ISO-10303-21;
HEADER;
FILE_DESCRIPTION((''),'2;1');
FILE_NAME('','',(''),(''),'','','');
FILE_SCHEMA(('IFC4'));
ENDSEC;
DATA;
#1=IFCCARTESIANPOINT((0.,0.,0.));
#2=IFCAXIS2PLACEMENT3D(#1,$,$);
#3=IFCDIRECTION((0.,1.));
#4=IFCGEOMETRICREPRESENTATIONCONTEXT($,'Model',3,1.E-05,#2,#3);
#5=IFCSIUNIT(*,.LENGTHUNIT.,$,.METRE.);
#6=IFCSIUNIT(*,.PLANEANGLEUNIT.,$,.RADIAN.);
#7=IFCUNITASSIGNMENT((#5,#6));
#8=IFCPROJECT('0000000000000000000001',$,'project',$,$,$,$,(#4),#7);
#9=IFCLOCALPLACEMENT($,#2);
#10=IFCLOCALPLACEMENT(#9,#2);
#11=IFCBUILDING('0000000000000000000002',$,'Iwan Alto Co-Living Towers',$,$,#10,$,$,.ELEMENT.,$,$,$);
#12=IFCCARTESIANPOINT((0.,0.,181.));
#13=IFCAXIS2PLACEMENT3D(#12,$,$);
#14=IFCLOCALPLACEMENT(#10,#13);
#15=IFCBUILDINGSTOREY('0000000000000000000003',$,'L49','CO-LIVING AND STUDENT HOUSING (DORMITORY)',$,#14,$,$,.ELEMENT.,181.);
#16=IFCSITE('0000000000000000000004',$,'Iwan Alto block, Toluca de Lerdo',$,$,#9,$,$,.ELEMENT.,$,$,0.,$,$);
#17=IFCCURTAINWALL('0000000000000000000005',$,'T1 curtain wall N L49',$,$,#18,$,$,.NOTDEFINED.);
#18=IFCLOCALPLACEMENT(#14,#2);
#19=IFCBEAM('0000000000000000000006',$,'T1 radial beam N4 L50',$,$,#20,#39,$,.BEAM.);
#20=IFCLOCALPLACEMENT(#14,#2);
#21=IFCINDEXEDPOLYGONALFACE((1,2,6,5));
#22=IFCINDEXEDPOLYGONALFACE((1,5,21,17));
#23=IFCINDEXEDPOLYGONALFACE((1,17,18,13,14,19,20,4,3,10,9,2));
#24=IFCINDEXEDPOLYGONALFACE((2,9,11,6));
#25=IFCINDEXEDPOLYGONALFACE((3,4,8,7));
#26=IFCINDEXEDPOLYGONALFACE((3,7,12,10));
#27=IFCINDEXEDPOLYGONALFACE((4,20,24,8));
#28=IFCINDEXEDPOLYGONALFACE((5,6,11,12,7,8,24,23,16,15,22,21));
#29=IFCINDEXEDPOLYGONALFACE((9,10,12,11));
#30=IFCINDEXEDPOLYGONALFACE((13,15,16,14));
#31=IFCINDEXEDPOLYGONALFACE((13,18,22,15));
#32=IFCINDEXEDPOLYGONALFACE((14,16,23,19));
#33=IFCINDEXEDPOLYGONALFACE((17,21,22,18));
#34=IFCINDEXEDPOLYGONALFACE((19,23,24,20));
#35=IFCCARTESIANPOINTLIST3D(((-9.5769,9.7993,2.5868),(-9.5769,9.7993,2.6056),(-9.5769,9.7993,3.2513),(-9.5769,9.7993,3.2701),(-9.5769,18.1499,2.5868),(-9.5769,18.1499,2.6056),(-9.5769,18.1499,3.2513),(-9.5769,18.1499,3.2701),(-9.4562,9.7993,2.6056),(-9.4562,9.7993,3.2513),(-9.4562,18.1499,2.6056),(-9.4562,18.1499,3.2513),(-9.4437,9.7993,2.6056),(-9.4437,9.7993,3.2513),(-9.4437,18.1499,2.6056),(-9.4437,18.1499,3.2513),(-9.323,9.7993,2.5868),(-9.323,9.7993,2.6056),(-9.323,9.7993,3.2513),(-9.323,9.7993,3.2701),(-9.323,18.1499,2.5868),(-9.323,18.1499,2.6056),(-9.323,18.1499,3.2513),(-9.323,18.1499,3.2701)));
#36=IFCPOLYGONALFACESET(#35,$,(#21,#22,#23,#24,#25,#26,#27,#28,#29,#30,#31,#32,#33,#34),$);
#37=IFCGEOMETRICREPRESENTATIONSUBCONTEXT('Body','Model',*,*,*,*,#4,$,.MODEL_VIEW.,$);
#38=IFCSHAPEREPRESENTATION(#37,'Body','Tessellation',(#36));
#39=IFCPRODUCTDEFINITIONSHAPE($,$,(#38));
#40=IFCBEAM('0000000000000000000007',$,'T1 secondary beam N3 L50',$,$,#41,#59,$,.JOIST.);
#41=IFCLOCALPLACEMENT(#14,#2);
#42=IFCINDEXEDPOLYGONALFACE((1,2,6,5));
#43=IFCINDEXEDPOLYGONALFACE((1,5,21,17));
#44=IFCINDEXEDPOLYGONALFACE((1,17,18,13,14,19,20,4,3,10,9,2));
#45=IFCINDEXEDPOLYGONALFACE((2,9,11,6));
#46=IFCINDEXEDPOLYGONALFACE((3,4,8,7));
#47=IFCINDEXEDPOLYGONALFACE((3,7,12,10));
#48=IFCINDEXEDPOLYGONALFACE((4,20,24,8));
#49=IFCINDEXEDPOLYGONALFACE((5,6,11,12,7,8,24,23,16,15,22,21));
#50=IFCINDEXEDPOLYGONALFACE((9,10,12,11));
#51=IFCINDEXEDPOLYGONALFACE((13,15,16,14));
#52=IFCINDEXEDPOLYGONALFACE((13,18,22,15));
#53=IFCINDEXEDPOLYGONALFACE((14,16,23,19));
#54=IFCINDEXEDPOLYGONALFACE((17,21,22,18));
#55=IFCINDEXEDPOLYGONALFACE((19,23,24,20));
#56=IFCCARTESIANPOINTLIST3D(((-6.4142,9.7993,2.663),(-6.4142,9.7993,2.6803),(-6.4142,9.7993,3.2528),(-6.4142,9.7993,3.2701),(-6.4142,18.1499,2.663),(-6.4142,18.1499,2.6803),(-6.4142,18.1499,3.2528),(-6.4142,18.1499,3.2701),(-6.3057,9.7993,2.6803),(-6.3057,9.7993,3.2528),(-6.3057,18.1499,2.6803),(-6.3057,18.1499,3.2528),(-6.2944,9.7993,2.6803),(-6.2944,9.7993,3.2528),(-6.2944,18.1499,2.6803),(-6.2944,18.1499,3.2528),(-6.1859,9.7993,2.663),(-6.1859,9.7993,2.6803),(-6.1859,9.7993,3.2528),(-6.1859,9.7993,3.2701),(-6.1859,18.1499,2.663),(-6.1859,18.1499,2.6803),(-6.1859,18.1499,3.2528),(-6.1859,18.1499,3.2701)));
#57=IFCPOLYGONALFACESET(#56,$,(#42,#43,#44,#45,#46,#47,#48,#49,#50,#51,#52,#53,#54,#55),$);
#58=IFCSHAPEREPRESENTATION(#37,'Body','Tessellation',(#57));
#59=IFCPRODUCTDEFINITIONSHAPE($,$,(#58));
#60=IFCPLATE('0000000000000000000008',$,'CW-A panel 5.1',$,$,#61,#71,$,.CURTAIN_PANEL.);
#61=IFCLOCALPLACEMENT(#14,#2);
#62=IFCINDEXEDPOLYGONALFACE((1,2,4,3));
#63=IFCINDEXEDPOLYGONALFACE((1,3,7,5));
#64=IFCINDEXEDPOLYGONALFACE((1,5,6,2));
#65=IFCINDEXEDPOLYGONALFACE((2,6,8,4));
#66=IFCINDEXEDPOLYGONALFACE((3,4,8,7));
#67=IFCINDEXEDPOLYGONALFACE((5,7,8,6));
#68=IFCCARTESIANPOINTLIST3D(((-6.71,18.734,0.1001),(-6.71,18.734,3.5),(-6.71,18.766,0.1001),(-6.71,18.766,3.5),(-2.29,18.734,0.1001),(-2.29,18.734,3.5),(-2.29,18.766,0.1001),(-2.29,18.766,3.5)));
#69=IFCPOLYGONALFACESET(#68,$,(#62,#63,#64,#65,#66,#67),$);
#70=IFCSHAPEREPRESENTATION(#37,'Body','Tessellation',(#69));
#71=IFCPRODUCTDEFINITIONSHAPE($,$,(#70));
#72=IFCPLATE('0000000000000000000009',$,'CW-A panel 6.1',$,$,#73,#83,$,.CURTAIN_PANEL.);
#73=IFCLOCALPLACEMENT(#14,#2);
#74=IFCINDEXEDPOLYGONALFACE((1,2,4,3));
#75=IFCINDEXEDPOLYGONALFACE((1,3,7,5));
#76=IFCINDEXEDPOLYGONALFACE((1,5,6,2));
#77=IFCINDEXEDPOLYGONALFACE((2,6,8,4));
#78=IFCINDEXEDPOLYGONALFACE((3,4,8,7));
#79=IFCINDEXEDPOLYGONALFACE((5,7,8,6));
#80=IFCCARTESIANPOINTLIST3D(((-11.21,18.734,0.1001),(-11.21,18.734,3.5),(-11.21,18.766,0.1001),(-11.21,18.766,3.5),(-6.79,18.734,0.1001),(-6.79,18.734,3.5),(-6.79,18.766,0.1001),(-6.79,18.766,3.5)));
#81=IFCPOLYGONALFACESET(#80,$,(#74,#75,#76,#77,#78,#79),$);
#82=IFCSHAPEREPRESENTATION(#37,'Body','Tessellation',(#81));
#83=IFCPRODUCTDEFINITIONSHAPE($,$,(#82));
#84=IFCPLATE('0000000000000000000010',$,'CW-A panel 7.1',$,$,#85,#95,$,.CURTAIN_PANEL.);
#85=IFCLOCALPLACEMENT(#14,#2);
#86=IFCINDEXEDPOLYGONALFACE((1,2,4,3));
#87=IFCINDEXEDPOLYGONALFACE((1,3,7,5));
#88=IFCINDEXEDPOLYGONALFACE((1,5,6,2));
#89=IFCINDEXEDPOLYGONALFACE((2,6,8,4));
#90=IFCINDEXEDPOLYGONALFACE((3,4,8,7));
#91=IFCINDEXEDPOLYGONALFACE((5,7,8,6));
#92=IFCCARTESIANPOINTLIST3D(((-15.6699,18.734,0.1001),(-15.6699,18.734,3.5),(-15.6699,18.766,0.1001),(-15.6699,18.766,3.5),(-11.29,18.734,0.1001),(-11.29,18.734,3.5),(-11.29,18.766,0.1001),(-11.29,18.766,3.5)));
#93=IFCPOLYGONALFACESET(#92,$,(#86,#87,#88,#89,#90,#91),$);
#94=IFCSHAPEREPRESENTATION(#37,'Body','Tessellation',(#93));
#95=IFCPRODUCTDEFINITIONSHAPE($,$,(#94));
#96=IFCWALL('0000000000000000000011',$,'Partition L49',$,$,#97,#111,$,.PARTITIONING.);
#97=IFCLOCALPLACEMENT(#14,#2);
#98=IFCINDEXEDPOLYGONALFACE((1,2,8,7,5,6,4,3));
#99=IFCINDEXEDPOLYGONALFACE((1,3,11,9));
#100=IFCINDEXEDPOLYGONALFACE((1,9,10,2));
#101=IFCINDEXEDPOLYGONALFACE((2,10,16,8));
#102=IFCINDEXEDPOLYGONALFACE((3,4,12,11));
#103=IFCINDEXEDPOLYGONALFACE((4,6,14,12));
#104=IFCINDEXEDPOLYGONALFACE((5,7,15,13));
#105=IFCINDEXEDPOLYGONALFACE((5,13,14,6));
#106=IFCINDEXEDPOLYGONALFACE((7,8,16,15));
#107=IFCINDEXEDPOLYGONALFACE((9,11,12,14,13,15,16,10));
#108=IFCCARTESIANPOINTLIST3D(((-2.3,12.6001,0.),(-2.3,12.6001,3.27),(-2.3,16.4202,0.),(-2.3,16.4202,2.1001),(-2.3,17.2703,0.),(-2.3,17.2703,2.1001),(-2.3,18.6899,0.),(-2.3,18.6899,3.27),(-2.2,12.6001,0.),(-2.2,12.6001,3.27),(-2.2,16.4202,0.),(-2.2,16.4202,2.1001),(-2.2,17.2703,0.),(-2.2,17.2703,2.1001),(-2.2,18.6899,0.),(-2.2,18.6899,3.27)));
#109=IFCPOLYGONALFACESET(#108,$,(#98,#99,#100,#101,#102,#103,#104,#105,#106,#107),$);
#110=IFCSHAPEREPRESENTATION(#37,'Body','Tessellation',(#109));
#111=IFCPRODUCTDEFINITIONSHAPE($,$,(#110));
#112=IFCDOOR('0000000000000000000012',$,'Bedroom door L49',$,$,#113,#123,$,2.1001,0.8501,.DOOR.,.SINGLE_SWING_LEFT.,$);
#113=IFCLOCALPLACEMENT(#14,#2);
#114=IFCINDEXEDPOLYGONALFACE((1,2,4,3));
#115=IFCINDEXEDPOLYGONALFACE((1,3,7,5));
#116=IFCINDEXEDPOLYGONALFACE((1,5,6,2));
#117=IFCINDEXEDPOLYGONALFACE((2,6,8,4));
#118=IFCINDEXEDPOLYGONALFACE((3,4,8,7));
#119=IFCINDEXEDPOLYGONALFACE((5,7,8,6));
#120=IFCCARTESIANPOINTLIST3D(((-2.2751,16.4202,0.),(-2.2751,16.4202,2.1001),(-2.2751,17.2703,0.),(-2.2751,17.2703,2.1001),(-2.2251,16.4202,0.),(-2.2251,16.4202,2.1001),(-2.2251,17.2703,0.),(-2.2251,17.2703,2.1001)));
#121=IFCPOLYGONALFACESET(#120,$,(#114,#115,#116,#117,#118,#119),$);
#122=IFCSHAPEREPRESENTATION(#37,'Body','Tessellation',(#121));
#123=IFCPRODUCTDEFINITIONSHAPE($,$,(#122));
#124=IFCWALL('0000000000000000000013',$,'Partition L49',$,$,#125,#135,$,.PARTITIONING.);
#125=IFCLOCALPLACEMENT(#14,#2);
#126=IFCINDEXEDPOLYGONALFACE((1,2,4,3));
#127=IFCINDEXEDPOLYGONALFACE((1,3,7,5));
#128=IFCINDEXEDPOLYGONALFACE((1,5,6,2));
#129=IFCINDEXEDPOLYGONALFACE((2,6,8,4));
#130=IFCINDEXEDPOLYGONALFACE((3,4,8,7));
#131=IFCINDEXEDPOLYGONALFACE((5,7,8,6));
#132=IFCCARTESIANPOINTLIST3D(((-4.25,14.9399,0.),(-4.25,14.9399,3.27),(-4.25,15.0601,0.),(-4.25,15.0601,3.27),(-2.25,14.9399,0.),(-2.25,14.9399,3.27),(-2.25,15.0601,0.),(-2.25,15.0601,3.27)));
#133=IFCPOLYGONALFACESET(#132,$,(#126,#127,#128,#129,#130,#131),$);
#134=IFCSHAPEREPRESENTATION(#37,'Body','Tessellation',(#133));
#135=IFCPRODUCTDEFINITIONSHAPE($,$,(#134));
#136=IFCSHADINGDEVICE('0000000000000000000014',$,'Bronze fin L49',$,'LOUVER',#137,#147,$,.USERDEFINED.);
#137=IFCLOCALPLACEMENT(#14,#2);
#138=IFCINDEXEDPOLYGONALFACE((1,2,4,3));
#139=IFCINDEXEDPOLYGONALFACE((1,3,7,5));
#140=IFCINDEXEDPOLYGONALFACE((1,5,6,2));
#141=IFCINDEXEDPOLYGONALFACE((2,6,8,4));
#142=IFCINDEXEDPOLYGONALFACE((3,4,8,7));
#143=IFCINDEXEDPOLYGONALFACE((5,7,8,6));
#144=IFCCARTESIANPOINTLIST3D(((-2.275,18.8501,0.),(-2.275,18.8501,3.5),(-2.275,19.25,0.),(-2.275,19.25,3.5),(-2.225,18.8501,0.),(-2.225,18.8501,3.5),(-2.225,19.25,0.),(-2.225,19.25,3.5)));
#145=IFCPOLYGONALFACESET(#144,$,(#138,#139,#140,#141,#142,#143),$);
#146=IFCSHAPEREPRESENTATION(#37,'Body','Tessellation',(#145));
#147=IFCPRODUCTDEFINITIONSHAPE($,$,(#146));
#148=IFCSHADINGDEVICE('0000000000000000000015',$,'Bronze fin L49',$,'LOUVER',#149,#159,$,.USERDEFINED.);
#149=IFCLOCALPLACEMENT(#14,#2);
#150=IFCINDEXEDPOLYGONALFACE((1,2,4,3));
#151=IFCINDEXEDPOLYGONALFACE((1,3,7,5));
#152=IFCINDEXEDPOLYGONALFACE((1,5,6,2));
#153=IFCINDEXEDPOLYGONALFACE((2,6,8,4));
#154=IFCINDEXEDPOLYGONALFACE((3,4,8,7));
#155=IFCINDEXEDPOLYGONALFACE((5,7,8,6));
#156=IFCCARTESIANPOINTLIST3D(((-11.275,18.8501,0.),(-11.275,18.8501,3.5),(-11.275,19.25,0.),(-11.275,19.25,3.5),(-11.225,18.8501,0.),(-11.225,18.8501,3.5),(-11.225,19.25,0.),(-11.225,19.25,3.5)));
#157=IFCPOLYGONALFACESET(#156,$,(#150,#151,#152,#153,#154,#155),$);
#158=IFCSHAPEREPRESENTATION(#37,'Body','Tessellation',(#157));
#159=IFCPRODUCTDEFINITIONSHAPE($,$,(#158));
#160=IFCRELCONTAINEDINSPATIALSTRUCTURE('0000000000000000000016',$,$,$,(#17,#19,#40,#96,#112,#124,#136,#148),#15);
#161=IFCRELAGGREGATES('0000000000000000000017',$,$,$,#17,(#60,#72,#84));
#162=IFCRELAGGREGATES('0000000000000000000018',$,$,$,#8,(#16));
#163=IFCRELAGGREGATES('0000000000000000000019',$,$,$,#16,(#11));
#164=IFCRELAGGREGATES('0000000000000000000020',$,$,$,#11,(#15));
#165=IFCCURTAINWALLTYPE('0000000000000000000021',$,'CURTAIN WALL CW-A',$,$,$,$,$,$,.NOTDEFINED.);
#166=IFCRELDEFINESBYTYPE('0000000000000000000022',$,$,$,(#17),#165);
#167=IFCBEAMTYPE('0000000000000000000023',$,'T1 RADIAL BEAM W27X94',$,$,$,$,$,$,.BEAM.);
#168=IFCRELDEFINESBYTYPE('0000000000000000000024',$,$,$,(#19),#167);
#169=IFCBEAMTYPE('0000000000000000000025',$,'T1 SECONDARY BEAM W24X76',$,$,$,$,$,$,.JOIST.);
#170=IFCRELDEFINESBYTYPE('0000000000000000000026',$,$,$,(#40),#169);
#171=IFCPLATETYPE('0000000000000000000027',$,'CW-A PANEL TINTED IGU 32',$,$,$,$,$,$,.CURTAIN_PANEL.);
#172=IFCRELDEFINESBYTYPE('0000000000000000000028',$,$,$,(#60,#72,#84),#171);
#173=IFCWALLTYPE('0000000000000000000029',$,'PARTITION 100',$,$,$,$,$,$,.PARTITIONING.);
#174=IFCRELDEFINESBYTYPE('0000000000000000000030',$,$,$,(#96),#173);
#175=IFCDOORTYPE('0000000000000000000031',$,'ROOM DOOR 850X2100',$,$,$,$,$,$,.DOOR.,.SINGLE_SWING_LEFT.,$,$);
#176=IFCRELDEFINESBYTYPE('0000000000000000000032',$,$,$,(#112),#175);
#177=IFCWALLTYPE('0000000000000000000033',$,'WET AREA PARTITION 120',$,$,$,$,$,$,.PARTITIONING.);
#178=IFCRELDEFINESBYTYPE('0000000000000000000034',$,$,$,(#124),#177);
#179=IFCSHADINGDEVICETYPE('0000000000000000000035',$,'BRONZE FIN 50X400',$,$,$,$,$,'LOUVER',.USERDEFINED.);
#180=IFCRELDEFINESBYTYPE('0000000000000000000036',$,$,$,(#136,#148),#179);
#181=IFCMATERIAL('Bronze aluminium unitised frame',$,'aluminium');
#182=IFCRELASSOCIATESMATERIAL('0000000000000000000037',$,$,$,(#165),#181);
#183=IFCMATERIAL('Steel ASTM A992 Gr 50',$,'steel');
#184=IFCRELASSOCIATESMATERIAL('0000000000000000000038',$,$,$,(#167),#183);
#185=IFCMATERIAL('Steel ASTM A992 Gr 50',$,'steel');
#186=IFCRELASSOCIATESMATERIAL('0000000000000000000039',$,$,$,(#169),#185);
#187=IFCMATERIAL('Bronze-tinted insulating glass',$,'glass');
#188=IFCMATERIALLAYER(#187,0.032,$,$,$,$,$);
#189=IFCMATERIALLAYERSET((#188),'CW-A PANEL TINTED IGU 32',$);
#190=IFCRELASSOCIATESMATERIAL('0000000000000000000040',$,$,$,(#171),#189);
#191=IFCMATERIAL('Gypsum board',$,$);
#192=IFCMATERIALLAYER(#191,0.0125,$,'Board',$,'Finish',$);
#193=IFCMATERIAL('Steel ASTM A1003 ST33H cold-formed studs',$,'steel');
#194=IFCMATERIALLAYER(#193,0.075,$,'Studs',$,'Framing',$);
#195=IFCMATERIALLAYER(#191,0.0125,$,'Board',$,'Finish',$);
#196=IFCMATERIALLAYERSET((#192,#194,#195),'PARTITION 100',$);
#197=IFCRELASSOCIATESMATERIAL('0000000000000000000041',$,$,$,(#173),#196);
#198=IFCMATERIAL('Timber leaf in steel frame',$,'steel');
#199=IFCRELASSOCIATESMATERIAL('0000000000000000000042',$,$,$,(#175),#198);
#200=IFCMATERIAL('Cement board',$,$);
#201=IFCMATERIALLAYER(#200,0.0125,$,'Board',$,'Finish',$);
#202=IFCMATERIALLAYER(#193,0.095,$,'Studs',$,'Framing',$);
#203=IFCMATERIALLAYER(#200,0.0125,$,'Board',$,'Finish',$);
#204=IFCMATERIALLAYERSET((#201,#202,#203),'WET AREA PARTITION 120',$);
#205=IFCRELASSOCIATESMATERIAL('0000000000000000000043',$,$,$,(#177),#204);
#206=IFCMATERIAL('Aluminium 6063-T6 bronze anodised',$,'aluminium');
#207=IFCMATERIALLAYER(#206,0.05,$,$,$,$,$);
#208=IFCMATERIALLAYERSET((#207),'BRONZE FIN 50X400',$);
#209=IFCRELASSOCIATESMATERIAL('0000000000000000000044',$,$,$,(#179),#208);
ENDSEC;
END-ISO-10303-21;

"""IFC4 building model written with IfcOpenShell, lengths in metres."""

from ifc_helpers import new_model, si_unit, direction, frame, frame_2d, origin, origin_2d, place, context, subcontext, project, spatial, rectangle, i_section, extrude, material, layer, layer_set, material_profile, profile_set, type_object, element, fill, aggregate, save


model = new_model("IFC4")

# Units and contexts
model_context = context("Model", 3, precision=1e-05, world=origin(), true_north=direction((0.0, 1.0)))
body_context = subcontext(model_context, "Body", "Model", "MODEL_VIEW")
ifc_project = project(units=[si_unit("LENGTHUNIT", "METRE"), si_unit("PLANEANGLEUNIT", "RADIAN")], contexts=[model_context])

# Site, building, storey
site_placement = place(None, origin())
site = spatial("IfcSite", under=ifc_project, at=site_placement, Name="Iwan Alto block, Toluca de Lerdo", CompositionType="ELEMENT", RefElevation=0.0)
building_placement = place(site_placement, origin())
building = spatial("IfcBuilding", under=site, at=building_placement, Name="Iwan Alto Co-Living Towers", CompositionType="ELEMENT")
storey_placement = place(building_placement, frame((0.0, 0.0, 181.0)))
storey = spatial("IfcBuildingStorey", under=building, at=storey_placement, Name="L49", Description="CO-LIVING AND STUDENT HOUSING (DORMITORY)", CompositionType="ELEMENT", Elevation=181.0)

# Curtain wall
ifc_material_1 = material(Name="Bronze aluminium unitised frame", Category="aluminium")
curtain_wall_type = type_object("IfcCurtainWallType", Name="CURTAIN WALL CW-A", PredefinedType="NOTDEFINED", material=ifc_material_1)
curtain_wall_placement = place(storey_placement, origin())
curtain_wall = element("IfcCurtainWall", 1, at=curtain_wall_placement, inside=storey, type_object=curtain_wall_type, Name="T1 curtain wall N L49", PredefinedType="NOTDEFINED")

# Beams
ifc_material_2 = material(Name="Steel ASTM A992 Gr 50", Category="steel")
ifc_material_profile_1 = material_profile(ifc_material_2, i_section(OverallWidth=0.2539, OverallDepth=0.6833, WebThickness=0.0125, FlangeThickness=0.0188, at=origin_2d()), Name="W27X94")
ifc_profile_set_1 = profile_set([ifc_material_profile_1], Name="Steel ASTM A992 Gr 50")
beam_type_1 = type_object("IfcBeamType", Name="T1 RADIAL BEAM W27X94", PredefinedType="BEAM", material=ifc_profile_set_1)
for number, where, z_axis, x_axis, name in (
    (2, (-9.45, 18.1499, 2.9285), (0.0, -1.0, 0.0), (1.0, 0.0, 0.0), "T1 radial beam N4 L50"),
):
    element("IfcBeam", number, at=place(storey_placement, frame(where, z_axis=z_axis, x_axis=x_axis)), inside=storey, type_object=beam_type_1, Name=name, PredefinedType="BEAM", context=body_context, shape_type="SweptSolid", body=[
        extrude(i_section(OverallWidth=0.2539, OverallDepth=0.6833, WebThickness=0.0125, FlangeThickness=0.0188, at=origin_2d()), origin(), (0.0, 0.0, 1.0), 8.3506),
    ])
ifc_material_3 = material(Name="Steel ASTM A992 Gr 50", Category="steel")
ifc_material_profile_2 = material_profile(ifc_material_3, i_section(OverallWidth=0.2283, OverallDepth=0.6072, WebThickness=0.0112, FlangeThickness=0.0173, at=origin_2d()), Name="W24X76")
ifc_profile_set_2 = profile_set([ifc_material_profile_2], Name="Steel ASTM A992 Gr 50")
beam_type_2 = type_object("IfcBeamType", Name="T1 SECONDARY BEAM W24X76", PredefinedType="JOIST", material=ifc_profile_set_2)
beam_1_placement = place(storey_placement, frame((-6.3, 18.1499, 2.9666), z_axis=(0.0, -1.0, 0.0), x_axis=(1.0, 0.0, 0.0)))
element("IfcBeam", 3, at=beam_1_placement, inside=storey, type_object=beam_type_2, Name="T1 secondary beam N3 L50", PredefinedType="JOIST", context=body_context, shape_type="SweptSolid", body=[
    extrude(i_section(OverallWidth=0.2283, OverallDepth=0.6072, WebThickness=0.0112, FlangeThickness=0.0173, at=origin_2d()), origin(), (0.0, 0.0, 1.0), 8.3506),
])

# Plates
ifc_material_4 = material(Name="Bronze-tinted insulating glass", Category="glass")
ifc_layer_1 = layer(ifc_material_4, 0.032)
ifc_layer_set_1 = layer_set([ifc_layer_1], Name="CW-A PANEL TINTED IGU 32")
plate_type = type_object("IfcPlateType", Name="CW-A PANEL TINTED IGU 32", PredefinedType="CURTAIN_PANEL", material=ifc_layer_set_1)
plate_1_placement = place(storey_placement, frame((-4.5, 18.75, 0.1001), z_axis=(0.0, 0.0, 1.0), x_axis=(-1.0, 0.0, 0.0)))
plate_1 = element("IfcPlate", 4, at=plate_1_placement, type_object=plate_type, Name="CW-A panel 5.1", PredefinedType="CURTAIN_PANEL", context=body_context, shape_type="SweptSolid", body=[
    extrude(rectangle(XDim=4.4199, YDim=0.032, at=origin_2d()), origin(), (0.0, 0.0, 1.0), 3.3999),
])
plate_2_placement = place(storey_placement, frame((-9.0, 18.75, 0.1001), z_axis=(0.0, 0.0, 1.0), x_axis=(-1.0, 0.0, 0.0)))
plate_2 = element("IfcPlate", 5, at=plate_2_placement, type_object=plate_type, Name="CW-A panel 6.1", PredefinedType="CURTAIN_PANEL", context=body_context, shape_type="SweptSolid", body=[
    extrude(rectangle(XDim=4.4199, YDim=0.032, at=origin_2d()), origin(), (0.0, 0.0, 1.0), 3.3999),
])
plate_3_placement = place(storey_placement, frame((-13.48, 18.75, 0.1001), z_axis=(0.0, 0.0, 1.0), x_axis=(-1.0, 0.0, 0.0)))
plate_3 = element("IfcPlate", 6, at=plate_3_placement, type_object=plate_type, Name="CW-A panel 7.1", PredefinedType="CURTAIN_PANEL", context=body_context, shape_type="SweptSolid", body=[
    extrude(rectangle(XDim=4.3799, YDim=0.032, at=origin_2d()), origin(), (0.0, 0.0, 1.0), 3.3999),
])
aggregate(curtain_wall, [plate_1, plate_2, plate_3])

# Wall, opening, door
ifc_material_5 = material(Name="Gypsum board")
ifc_layer_2 = layer(ifc_material_5, 0.0125, Name="Board", Category="Finish")
ifc_material_6 = material(Name="Steel ASTM A1003 ST33H cold-formed studs", Category="steel")
ifc_layer_3 = layer(ifc_material_6, 0.075, Name="Studs", Category="Framing")
ifc_layer_4 = layer(ifc_material_5, 0.0125, Name="Board", Category="Finish")
ifc_layer_set_2 = layer_set([ifc_layer_2, ifc_layer_3, ifc_layer_4], Name="PARTITION 100")
wall_type_1 = type_object("IfcWallType", Name="PARTITION 100", PredefinedType="PARTITIONING", material=ifc_layer_set_2)
wall_1_placement = place(storey_placement, frame((-2.25, 12.6001, 0.0), z_axis=(0.0, 0.0, 1.0), x_axis=(0.0, 1.0, 0.0)))
wall_1 = element("IfcWall", 7, at=wall_1_placement, inside=storey, type_object=wall_type_1, Name="Partition L49", PredefinedType="PARTITIONING", context=body_context, shape_type="SweptSolid", body=[
    extrude(rectangle(XDim=6.0898, YDim=0.1001, at=frame_2d((3.0449, 0.0))), origin(), (0.0, 0.0, 1.0), 3.27),
])
opening_placement = place(wall_1_placement, frame((3.8201, 0.0, 0.0)))
opening = element("IfcOpeningElement", 8, at=opening_placement, cuts=wall_1, PredefinedType="OPENING", context=body_context, shape_type="SweptSolid", body=[
    extrude(rectangle(XDim=0.8501, YDim=2.1001, at=frame_2d((0.425, 1.05))), frame((0.0, 0.0601, 0.0), z_axis=(0.0, -1.0, 0.0), x_axis=(1.0, 0.0, 0.0)), (0.0, 0.0, 1.0), 0.1201),
])
ifc_material_7 = material(Name="Timber leaf in steel frame", Category="steel")
door_type = type_object("IfcDoorType", Name="ROOM DOOR 850X2100", OperationType="SINGLE_SWING_LEFT", PredefinedType="DOOR", material=ifc_material_7)
door_placement = place(opening_placement, frame((0.8501, 0.0, 0.0), z_axis=(0.0, 0.0, 1.0), x_axis=(-1.0, 0.0, 0.0)))
door = element("IfcDoor", 9, at=door_placement, inside=storey, type_object=door_type, Name="Bedroom door L49", OperationType="SINGLE_SWING_LEFT", OverallHeight=2.1001, OverallWidth=0.8501, PredefinedType="DOOR", context=body_context, shape_type="SweptSolid", body=[
    extrude(rectangle(XDim=0.8501, YDim=2.1001, at=frame_2d((0.425, 1.05))), frame((0.0, 0.0249, 0.0), z_axis=(0.0, -1.0, 0.0), x_axis=(1.0, 0.0, 0.0)), (0.0, 0.0, 1.0), 0.05),
])
fill(opening, door)

# Wall
ifc_material_8 = material(Name="Cement board")
ifc_layer_5 = layer(ifc_material_8, 0.0125, Name="Board", Category="Finish")
ifc_layer_6 = layer(ifc_material_6, 0.095, Name="Studs", Category="Framing")
ifc_layer_7 = layer(ifc_material_8, 0.0125, Name="Board", Category="Finish")
ifc_layer_set_3 = layer_set([ifc_layer_5, ifc_layer_6, ifc_layer_7], Name="WET AREA PARTITION 120")
wall_type_2 = type_object("IfcWallType", Name="WET AREA PARTITION 120", PredefinedType="PARTITIONING", material=ifc_layer_set_3)
wall_2_placement = place(storey_placement, frame((-4.25, 15.0, 0.0), z_axis=(0.0, 0.0, 1.0), x_axis=(1.0, 0.0, 0.0)))
element("IfcWall", 10, at=wall_2_placement, inside=storey, type_object=wall_type_2, Name="Partition L49", PredefinedType="PARTITIONING", context=body_context, shape_type="SweptSolid", body=[
    extrude(rectangle(XDim=2.0, YDim=0.1201, at=frame_2d((1.0, 0.0))), origin(), (0.0, 0.0, 1.0), 3.27),
])

# Shading devices
ifc_material_9 = material(Name="Aluminium 6063-T6 bronze anodised", Category="aluminium")
ifc_layer_8 = layer(ifc_material_9, 0.05)
ifc_layer_set_4 = layer_set([ifc_layer_8], Name="BRONZE FIN 50X400")
shading_device_type = type_object("IfcShadingDeviceType", Name="BRONZE FIN 50X400", ElementType="LOUVER", PredefinedType="USERDEFINED", material=ifc_layer_set_4)
for number, where, z_axis, x_axis, name in (
    (11, (-2.25, 19.05, 0.0), (0.0, 0.0, 1.0), (-1.0, 0.0, 0.0), "Bronze fin L49"),
    (12, (-11.25, 19.05, 0.0), (0.0, 0.0, 1.0), (-1.0, 0.0, 0.0), "Bronze fin L49"),
):
    element("IfcShadingDevice", number, at=place(storey_placement, frame(where, z_axis=z_axis, x_axis=x_axis)), inside=storey, type_object=shading_device_type, Name=name, ObjectType="LOUVER", PredefinedType="USERDEFINED", context=body_context, shape_type="SweptSolid", body=[
        extrude(rectangle(XDim=0.05, YDim=0.3999, at=origin_2d()), origin(), (0.0, 0.0, 1.0), 3.5),
    ])

save(model, "model.ifc")
